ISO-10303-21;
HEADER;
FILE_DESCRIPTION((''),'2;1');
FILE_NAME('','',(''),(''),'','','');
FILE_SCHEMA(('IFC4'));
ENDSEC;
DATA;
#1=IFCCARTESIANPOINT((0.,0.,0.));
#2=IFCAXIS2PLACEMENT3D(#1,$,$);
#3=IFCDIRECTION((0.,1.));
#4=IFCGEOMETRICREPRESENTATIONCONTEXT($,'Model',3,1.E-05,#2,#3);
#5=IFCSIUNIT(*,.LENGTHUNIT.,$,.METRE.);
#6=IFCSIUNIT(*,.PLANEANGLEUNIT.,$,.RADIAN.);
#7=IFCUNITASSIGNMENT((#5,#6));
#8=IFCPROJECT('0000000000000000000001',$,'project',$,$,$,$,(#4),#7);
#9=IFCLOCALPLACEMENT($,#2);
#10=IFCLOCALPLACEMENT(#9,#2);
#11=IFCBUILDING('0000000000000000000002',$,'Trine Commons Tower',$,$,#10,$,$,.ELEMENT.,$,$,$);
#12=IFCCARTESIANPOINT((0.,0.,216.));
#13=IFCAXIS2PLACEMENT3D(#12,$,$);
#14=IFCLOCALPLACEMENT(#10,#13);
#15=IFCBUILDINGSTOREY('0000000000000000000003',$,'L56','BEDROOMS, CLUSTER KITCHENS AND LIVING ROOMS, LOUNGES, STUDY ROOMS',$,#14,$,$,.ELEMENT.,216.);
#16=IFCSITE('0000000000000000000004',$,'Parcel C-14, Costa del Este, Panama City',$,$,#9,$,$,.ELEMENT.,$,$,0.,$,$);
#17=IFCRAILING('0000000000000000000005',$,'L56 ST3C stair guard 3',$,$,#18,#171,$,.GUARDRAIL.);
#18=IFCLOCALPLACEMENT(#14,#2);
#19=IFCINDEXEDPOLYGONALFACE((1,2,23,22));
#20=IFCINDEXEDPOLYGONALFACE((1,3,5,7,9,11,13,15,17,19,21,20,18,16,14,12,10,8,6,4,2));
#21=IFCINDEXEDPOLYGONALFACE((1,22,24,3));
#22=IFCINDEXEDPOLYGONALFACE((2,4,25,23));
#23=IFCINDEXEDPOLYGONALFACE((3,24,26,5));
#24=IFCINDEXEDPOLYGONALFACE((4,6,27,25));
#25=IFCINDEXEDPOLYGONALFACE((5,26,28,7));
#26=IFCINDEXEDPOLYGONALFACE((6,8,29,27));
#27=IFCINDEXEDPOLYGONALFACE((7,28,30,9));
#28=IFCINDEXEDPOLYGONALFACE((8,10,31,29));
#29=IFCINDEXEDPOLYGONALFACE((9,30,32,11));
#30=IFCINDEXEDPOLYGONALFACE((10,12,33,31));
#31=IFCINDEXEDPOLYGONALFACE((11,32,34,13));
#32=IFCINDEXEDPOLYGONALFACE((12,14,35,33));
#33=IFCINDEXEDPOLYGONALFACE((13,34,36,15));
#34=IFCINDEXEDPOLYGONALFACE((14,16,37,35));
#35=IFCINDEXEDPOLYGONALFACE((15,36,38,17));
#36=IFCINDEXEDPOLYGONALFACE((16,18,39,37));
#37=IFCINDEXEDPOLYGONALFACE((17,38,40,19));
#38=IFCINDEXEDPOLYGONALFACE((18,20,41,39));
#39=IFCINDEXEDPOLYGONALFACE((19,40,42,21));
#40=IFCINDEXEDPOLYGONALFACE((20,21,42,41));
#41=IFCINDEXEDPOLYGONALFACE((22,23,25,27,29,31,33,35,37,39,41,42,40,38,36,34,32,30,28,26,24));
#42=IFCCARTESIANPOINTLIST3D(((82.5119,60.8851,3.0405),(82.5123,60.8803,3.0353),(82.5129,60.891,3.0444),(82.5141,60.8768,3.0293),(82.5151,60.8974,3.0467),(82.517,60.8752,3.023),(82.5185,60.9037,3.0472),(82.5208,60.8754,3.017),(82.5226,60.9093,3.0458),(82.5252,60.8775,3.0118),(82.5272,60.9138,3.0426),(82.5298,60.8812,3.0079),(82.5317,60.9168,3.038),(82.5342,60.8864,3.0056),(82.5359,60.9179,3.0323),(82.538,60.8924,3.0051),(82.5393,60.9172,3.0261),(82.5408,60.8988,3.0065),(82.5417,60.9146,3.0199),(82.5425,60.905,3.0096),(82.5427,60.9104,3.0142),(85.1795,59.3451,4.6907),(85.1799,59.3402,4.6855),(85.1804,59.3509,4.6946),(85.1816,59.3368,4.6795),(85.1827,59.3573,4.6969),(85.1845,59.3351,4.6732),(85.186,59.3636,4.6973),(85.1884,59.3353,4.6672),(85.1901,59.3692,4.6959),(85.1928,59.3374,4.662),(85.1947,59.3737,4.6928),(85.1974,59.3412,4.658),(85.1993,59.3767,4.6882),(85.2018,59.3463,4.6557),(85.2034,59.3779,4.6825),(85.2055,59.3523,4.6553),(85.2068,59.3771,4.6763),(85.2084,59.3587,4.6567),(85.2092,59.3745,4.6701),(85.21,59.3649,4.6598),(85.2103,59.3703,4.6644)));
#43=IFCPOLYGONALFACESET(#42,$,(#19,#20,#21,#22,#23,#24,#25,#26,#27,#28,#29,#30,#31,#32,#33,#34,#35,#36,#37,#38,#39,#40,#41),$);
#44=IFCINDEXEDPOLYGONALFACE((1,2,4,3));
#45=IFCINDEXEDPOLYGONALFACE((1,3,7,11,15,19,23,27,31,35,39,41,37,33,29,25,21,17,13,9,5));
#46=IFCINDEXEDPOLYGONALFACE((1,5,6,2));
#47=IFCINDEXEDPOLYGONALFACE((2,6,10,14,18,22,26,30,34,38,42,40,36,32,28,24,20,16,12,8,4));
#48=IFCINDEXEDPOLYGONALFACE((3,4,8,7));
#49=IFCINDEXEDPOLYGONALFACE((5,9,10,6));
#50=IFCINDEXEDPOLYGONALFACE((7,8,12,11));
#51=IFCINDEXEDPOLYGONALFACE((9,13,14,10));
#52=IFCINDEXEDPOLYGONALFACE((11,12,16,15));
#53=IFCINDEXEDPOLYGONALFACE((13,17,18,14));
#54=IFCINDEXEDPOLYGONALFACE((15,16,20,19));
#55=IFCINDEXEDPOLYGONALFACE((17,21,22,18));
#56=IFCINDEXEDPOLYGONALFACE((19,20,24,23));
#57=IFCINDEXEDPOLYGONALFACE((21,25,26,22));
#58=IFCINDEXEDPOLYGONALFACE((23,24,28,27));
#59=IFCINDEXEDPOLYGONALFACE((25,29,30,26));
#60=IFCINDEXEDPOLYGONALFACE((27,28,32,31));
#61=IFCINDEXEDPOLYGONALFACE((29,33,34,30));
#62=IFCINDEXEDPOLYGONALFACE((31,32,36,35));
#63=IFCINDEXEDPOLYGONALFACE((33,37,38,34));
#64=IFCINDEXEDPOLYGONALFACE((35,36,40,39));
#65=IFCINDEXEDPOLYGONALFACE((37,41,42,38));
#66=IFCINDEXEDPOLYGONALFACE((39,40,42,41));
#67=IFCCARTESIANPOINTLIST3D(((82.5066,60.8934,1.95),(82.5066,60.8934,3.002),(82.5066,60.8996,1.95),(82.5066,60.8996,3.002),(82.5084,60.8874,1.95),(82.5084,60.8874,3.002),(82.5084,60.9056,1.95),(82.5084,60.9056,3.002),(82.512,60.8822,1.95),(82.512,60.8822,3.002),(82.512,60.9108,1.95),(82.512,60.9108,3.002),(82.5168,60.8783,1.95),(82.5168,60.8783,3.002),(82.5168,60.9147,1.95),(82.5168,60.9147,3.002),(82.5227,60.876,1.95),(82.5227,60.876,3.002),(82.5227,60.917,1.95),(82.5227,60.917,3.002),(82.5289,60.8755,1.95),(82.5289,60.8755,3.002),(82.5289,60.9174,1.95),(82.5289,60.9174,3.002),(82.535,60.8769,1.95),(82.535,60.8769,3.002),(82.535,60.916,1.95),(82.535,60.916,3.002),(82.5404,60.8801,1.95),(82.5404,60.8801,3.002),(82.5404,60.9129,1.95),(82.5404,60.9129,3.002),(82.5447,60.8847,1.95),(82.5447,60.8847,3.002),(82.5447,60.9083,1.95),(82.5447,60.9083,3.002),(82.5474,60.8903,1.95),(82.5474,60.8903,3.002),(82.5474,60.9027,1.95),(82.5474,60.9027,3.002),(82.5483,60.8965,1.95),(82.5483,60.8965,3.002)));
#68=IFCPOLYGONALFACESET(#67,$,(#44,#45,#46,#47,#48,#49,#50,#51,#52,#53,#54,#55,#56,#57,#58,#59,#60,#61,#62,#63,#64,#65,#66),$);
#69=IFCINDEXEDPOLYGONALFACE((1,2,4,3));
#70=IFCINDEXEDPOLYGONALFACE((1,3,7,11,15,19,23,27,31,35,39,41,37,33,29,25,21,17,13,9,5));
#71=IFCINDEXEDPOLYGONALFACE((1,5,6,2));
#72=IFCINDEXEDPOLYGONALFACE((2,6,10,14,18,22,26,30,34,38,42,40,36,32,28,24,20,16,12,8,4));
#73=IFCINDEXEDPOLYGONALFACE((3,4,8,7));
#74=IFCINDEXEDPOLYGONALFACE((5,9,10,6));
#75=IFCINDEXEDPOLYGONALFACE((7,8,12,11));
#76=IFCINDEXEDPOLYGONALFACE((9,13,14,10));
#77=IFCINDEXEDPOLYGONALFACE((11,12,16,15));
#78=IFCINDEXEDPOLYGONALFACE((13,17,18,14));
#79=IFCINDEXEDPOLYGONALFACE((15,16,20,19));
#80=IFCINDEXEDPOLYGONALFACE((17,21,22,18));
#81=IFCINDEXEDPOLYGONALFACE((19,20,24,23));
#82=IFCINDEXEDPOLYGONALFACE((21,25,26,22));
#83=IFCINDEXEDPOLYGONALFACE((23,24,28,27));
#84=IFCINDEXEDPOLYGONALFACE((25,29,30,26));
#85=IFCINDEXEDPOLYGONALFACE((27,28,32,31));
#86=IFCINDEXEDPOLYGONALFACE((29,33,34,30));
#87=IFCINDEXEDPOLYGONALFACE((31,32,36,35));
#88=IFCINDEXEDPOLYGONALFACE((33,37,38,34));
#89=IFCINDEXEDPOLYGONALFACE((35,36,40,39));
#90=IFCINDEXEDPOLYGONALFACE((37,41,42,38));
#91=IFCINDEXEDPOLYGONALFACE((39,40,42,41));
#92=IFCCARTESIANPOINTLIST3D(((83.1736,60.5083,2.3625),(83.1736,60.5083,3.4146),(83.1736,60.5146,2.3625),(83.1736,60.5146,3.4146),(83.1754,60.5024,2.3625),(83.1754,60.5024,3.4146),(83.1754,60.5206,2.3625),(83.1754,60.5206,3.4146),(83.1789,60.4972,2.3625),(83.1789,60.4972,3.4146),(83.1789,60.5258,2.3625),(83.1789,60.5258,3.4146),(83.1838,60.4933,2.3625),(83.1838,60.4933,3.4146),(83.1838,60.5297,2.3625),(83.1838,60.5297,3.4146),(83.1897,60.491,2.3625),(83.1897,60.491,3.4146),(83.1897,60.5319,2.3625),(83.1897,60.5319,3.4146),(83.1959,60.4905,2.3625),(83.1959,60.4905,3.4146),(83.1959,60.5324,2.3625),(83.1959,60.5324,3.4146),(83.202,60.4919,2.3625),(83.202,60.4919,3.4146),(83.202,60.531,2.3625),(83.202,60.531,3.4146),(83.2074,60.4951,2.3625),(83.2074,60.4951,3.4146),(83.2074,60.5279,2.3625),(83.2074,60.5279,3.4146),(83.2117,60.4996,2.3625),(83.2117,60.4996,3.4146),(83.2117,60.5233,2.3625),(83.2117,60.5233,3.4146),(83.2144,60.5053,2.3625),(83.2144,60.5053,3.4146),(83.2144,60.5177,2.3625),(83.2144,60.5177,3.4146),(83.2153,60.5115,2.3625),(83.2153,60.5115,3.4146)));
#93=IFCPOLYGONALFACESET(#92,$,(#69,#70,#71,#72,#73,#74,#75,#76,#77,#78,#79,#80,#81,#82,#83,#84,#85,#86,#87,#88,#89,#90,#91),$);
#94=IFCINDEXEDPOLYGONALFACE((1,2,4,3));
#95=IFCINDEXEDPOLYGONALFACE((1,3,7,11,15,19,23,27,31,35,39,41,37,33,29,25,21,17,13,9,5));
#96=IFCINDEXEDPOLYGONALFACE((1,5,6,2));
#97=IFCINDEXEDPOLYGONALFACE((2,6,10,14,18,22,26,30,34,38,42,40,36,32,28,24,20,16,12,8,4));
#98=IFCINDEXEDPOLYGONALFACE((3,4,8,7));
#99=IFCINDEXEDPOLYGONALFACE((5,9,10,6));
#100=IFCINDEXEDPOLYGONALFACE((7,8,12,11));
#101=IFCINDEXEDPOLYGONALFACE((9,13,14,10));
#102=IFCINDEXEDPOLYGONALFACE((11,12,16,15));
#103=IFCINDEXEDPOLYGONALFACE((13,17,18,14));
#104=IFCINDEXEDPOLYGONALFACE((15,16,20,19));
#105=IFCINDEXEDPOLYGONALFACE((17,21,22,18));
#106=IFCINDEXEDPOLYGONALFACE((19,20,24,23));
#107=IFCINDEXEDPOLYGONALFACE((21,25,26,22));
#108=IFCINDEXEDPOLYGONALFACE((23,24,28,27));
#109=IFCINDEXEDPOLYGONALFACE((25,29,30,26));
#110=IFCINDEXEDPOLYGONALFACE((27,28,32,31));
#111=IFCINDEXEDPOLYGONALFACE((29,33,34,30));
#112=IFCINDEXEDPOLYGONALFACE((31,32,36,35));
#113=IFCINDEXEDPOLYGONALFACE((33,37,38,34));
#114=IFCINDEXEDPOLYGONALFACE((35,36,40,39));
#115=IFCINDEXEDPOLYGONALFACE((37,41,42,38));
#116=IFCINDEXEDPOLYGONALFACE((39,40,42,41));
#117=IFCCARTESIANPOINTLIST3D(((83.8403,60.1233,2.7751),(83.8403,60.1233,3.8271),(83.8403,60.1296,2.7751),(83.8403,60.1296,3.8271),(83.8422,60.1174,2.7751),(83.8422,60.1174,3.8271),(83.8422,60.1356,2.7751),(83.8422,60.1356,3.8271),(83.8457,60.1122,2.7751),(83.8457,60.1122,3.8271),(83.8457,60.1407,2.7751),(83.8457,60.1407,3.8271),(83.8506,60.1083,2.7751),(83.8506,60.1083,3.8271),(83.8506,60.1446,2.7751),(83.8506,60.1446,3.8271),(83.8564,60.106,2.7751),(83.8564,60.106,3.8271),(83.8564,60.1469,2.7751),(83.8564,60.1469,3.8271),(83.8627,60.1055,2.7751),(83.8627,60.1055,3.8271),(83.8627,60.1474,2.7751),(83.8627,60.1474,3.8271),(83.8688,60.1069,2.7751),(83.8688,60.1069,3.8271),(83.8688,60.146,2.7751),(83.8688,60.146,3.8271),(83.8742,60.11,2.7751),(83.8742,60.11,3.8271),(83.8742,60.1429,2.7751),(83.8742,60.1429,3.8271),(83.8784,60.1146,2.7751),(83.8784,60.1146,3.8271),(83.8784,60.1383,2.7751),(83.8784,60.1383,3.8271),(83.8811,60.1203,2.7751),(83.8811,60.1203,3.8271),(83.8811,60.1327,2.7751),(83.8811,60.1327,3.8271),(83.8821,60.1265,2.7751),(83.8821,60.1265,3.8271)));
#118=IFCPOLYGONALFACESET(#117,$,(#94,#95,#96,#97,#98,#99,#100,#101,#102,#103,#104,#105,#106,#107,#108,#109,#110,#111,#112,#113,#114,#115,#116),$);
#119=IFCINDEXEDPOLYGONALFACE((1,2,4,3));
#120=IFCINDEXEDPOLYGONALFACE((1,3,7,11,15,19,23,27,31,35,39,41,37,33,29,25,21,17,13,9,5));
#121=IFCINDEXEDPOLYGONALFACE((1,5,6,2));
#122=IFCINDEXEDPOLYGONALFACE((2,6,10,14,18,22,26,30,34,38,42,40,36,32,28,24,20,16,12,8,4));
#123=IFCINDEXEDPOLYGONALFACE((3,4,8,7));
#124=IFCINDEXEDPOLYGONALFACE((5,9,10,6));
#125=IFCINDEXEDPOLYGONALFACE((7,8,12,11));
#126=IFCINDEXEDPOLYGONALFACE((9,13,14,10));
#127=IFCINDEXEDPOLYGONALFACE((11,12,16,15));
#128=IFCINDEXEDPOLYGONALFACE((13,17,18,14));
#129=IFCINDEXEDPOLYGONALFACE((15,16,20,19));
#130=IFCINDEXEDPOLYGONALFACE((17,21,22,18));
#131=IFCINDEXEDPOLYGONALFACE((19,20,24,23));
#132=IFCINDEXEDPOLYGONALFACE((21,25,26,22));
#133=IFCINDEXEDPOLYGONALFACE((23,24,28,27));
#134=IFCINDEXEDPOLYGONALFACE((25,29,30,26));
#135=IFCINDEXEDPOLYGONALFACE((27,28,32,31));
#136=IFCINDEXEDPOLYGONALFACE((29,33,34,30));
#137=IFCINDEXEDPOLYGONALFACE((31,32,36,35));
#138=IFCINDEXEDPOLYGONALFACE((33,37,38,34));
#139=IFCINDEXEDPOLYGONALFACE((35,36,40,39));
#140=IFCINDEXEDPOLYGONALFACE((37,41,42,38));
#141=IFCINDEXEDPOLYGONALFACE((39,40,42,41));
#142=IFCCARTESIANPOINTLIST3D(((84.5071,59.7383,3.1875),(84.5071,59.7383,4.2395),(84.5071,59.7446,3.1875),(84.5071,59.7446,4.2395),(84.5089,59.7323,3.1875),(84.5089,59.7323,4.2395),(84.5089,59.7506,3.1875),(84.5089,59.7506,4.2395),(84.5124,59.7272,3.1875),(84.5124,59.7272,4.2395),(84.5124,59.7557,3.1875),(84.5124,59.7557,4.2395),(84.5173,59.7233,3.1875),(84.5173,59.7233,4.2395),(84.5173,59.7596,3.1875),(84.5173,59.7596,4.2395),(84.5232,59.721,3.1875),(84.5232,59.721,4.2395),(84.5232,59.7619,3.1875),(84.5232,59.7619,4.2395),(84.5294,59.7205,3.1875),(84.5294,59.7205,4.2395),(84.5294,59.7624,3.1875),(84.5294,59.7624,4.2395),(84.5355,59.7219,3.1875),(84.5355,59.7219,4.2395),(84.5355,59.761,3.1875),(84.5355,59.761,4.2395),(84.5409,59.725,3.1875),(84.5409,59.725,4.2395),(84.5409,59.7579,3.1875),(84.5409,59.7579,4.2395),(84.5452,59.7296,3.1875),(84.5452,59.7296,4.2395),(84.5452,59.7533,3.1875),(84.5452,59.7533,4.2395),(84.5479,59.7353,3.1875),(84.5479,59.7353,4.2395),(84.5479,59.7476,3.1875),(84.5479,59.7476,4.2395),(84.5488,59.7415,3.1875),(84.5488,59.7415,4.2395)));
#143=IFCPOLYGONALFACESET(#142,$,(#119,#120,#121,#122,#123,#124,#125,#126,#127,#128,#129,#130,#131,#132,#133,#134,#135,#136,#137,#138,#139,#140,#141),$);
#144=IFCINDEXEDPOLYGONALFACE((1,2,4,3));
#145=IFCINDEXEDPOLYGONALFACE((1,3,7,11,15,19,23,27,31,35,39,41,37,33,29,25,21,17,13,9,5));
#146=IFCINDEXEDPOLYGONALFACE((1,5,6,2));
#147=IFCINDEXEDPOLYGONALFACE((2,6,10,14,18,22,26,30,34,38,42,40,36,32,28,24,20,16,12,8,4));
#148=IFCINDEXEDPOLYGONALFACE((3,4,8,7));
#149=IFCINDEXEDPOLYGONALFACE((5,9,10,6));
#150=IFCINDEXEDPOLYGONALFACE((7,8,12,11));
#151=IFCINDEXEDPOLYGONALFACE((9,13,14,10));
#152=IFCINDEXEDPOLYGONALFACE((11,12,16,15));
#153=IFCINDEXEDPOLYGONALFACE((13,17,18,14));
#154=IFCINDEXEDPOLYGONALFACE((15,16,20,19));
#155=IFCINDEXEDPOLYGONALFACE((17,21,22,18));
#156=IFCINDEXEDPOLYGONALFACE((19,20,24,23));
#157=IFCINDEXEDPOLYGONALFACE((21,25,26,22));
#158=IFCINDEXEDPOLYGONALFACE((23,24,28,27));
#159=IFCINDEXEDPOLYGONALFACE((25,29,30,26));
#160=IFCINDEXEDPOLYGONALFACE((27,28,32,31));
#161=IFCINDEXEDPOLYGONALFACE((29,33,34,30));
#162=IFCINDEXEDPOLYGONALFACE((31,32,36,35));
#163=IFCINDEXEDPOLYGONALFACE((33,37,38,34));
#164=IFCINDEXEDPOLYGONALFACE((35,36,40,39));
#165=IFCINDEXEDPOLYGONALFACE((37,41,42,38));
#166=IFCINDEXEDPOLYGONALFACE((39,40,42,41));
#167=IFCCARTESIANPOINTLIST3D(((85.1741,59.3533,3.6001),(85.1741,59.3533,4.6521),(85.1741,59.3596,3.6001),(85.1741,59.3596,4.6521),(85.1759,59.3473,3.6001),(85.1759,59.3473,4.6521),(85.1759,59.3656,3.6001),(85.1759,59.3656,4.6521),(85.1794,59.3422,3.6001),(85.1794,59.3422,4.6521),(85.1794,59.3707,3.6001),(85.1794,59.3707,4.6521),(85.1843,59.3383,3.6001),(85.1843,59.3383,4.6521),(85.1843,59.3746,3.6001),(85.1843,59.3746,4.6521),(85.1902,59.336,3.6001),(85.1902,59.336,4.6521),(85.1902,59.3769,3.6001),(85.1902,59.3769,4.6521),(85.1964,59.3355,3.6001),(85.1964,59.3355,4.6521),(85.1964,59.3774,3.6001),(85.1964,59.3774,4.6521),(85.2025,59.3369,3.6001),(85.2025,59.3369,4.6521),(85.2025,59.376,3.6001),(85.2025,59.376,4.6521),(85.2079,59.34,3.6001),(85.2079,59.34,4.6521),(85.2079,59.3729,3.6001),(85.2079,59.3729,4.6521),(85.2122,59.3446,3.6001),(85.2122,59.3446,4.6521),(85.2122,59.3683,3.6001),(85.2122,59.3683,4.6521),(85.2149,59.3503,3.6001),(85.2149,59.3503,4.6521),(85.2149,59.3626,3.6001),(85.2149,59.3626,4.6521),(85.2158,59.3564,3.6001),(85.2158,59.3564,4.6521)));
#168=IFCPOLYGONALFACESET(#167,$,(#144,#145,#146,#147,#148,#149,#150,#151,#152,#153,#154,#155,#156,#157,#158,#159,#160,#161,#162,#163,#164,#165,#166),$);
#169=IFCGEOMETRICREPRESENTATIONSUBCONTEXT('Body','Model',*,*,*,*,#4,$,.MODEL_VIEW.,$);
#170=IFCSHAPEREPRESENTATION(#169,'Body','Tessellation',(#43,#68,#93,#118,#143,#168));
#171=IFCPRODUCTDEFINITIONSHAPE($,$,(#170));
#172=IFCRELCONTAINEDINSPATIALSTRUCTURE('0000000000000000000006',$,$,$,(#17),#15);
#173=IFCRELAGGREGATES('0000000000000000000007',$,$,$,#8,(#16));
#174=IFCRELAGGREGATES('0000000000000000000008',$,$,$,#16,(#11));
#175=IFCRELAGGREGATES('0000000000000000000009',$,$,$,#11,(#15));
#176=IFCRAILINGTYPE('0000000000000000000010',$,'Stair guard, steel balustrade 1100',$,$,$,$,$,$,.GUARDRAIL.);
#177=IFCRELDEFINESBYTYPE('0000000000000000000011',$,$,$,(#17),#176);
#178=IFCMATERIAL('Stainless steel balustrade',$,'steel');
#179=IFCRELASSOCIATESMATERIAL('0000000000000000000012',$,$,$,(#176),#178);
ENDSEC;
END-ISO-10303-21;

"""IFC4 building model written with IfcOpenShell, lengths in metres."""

from ifc_helpers import new_model, si_unit, direction, frame, origin, origin_2d, place, context, subcontext, project, spatial, circle, extrude, material, type_object, element, save


model = new_model("IFC4")

# Units and contexts
model_context = context("Model", 3, precision=1e-05, world=origin(), true_north=direction((0.0, 1.0)))
body_context = subcontext(model_context, "Body", "Model", "MODEL_VIEW")
ifc_project = project(units=[si_unit("LENGTHUNIT", "METRE"), si_unit("PLANEANGLEUNIT", "RADIAN")], contexts=[model_context])

# Site, building, storey
site_placement = place(None, origin())
site = spatial("IfcSite", under=ifc_project, at=site_placement, Name="Parcel C-14, Costa del Este, Panama City", CompositionType="ELEMENT", RefElevation=0.0)
building_placement = place(site_placement, origin())
building = spatial("IfcBuilding", under=site, at=building_placement, Name="Trine Commons Tower", CompositionType="ELEMENT")
storey_placement = place(building_placement, frame((0.0, 0.0, 216.0)))
storey = spatial("IfcBuildingStorey", under=building, at=storey_placement, Name="L56", Description="BEDROOMS, CLUSTER KITCHENS AND LIVING ROOMS, LOUNGES, STUDY ROOMS", CompositionType="ELEMENT", Elevation=216.0)

# Railing
ifc_material_1 = material(Name="Stainless steel balustrade", Category="steel")
railing_type_1 = type_object("IfcRailingType", Name="Stair guard, steel balustrade 1100", PredefinedType="GUARDRAIL", material=ifc_material_1)
railing_1_placement = place(storey_placement, frame((82.5273, 60.8965, 1.95)))
element("IfcRailing", 1, at=railing_1_placement, inside=storey, type_object=railing_type_1, Name="L56 ST3C stair guard 3", PredefinedType="GUARDRAIL", context=body_context, shape_type="SweptSolid", body=[
    extrude(circle(Radius=0.0239, at=origin_2d()), frame((0.0, 0.0, 1.0762), z_axis=(0.76338, -0.440728, 0.472239), x_axis=(0.499992, 0.86603, 0.0)), (0.0, 0.0, 1.0), 3.4944),
    extrude(circle(Radius=0.021, at=origin_2d()), origin(), (0.0, 0.0, 1.0), 1.052),
    extrude(circle(Radius=0.021, at=origin_2d()), frame((0.667, -0.385, 0.4126)), (0.0, 0.0, 1.0), 1.052),
    extrude(circle(Radius=0.021, at=origin_2d()), frame((1.3337, -0.77, 0.8252)), (0.0, 0.0, 1.0), 1.052),
    extrude(circle(Radius=0.021, at=origin_2d()), frame((2.0005, -1.155, 1.2375)), (0.0, 0.0, 1.0), 1.052),
    extrude(circle(Radius=0.021, at=origin_2d()), frame((2.6675, -1.54, 1.6501)), (0.0, 0.0, 1.0), 1.052),
])

save(model, "model.ifc")
